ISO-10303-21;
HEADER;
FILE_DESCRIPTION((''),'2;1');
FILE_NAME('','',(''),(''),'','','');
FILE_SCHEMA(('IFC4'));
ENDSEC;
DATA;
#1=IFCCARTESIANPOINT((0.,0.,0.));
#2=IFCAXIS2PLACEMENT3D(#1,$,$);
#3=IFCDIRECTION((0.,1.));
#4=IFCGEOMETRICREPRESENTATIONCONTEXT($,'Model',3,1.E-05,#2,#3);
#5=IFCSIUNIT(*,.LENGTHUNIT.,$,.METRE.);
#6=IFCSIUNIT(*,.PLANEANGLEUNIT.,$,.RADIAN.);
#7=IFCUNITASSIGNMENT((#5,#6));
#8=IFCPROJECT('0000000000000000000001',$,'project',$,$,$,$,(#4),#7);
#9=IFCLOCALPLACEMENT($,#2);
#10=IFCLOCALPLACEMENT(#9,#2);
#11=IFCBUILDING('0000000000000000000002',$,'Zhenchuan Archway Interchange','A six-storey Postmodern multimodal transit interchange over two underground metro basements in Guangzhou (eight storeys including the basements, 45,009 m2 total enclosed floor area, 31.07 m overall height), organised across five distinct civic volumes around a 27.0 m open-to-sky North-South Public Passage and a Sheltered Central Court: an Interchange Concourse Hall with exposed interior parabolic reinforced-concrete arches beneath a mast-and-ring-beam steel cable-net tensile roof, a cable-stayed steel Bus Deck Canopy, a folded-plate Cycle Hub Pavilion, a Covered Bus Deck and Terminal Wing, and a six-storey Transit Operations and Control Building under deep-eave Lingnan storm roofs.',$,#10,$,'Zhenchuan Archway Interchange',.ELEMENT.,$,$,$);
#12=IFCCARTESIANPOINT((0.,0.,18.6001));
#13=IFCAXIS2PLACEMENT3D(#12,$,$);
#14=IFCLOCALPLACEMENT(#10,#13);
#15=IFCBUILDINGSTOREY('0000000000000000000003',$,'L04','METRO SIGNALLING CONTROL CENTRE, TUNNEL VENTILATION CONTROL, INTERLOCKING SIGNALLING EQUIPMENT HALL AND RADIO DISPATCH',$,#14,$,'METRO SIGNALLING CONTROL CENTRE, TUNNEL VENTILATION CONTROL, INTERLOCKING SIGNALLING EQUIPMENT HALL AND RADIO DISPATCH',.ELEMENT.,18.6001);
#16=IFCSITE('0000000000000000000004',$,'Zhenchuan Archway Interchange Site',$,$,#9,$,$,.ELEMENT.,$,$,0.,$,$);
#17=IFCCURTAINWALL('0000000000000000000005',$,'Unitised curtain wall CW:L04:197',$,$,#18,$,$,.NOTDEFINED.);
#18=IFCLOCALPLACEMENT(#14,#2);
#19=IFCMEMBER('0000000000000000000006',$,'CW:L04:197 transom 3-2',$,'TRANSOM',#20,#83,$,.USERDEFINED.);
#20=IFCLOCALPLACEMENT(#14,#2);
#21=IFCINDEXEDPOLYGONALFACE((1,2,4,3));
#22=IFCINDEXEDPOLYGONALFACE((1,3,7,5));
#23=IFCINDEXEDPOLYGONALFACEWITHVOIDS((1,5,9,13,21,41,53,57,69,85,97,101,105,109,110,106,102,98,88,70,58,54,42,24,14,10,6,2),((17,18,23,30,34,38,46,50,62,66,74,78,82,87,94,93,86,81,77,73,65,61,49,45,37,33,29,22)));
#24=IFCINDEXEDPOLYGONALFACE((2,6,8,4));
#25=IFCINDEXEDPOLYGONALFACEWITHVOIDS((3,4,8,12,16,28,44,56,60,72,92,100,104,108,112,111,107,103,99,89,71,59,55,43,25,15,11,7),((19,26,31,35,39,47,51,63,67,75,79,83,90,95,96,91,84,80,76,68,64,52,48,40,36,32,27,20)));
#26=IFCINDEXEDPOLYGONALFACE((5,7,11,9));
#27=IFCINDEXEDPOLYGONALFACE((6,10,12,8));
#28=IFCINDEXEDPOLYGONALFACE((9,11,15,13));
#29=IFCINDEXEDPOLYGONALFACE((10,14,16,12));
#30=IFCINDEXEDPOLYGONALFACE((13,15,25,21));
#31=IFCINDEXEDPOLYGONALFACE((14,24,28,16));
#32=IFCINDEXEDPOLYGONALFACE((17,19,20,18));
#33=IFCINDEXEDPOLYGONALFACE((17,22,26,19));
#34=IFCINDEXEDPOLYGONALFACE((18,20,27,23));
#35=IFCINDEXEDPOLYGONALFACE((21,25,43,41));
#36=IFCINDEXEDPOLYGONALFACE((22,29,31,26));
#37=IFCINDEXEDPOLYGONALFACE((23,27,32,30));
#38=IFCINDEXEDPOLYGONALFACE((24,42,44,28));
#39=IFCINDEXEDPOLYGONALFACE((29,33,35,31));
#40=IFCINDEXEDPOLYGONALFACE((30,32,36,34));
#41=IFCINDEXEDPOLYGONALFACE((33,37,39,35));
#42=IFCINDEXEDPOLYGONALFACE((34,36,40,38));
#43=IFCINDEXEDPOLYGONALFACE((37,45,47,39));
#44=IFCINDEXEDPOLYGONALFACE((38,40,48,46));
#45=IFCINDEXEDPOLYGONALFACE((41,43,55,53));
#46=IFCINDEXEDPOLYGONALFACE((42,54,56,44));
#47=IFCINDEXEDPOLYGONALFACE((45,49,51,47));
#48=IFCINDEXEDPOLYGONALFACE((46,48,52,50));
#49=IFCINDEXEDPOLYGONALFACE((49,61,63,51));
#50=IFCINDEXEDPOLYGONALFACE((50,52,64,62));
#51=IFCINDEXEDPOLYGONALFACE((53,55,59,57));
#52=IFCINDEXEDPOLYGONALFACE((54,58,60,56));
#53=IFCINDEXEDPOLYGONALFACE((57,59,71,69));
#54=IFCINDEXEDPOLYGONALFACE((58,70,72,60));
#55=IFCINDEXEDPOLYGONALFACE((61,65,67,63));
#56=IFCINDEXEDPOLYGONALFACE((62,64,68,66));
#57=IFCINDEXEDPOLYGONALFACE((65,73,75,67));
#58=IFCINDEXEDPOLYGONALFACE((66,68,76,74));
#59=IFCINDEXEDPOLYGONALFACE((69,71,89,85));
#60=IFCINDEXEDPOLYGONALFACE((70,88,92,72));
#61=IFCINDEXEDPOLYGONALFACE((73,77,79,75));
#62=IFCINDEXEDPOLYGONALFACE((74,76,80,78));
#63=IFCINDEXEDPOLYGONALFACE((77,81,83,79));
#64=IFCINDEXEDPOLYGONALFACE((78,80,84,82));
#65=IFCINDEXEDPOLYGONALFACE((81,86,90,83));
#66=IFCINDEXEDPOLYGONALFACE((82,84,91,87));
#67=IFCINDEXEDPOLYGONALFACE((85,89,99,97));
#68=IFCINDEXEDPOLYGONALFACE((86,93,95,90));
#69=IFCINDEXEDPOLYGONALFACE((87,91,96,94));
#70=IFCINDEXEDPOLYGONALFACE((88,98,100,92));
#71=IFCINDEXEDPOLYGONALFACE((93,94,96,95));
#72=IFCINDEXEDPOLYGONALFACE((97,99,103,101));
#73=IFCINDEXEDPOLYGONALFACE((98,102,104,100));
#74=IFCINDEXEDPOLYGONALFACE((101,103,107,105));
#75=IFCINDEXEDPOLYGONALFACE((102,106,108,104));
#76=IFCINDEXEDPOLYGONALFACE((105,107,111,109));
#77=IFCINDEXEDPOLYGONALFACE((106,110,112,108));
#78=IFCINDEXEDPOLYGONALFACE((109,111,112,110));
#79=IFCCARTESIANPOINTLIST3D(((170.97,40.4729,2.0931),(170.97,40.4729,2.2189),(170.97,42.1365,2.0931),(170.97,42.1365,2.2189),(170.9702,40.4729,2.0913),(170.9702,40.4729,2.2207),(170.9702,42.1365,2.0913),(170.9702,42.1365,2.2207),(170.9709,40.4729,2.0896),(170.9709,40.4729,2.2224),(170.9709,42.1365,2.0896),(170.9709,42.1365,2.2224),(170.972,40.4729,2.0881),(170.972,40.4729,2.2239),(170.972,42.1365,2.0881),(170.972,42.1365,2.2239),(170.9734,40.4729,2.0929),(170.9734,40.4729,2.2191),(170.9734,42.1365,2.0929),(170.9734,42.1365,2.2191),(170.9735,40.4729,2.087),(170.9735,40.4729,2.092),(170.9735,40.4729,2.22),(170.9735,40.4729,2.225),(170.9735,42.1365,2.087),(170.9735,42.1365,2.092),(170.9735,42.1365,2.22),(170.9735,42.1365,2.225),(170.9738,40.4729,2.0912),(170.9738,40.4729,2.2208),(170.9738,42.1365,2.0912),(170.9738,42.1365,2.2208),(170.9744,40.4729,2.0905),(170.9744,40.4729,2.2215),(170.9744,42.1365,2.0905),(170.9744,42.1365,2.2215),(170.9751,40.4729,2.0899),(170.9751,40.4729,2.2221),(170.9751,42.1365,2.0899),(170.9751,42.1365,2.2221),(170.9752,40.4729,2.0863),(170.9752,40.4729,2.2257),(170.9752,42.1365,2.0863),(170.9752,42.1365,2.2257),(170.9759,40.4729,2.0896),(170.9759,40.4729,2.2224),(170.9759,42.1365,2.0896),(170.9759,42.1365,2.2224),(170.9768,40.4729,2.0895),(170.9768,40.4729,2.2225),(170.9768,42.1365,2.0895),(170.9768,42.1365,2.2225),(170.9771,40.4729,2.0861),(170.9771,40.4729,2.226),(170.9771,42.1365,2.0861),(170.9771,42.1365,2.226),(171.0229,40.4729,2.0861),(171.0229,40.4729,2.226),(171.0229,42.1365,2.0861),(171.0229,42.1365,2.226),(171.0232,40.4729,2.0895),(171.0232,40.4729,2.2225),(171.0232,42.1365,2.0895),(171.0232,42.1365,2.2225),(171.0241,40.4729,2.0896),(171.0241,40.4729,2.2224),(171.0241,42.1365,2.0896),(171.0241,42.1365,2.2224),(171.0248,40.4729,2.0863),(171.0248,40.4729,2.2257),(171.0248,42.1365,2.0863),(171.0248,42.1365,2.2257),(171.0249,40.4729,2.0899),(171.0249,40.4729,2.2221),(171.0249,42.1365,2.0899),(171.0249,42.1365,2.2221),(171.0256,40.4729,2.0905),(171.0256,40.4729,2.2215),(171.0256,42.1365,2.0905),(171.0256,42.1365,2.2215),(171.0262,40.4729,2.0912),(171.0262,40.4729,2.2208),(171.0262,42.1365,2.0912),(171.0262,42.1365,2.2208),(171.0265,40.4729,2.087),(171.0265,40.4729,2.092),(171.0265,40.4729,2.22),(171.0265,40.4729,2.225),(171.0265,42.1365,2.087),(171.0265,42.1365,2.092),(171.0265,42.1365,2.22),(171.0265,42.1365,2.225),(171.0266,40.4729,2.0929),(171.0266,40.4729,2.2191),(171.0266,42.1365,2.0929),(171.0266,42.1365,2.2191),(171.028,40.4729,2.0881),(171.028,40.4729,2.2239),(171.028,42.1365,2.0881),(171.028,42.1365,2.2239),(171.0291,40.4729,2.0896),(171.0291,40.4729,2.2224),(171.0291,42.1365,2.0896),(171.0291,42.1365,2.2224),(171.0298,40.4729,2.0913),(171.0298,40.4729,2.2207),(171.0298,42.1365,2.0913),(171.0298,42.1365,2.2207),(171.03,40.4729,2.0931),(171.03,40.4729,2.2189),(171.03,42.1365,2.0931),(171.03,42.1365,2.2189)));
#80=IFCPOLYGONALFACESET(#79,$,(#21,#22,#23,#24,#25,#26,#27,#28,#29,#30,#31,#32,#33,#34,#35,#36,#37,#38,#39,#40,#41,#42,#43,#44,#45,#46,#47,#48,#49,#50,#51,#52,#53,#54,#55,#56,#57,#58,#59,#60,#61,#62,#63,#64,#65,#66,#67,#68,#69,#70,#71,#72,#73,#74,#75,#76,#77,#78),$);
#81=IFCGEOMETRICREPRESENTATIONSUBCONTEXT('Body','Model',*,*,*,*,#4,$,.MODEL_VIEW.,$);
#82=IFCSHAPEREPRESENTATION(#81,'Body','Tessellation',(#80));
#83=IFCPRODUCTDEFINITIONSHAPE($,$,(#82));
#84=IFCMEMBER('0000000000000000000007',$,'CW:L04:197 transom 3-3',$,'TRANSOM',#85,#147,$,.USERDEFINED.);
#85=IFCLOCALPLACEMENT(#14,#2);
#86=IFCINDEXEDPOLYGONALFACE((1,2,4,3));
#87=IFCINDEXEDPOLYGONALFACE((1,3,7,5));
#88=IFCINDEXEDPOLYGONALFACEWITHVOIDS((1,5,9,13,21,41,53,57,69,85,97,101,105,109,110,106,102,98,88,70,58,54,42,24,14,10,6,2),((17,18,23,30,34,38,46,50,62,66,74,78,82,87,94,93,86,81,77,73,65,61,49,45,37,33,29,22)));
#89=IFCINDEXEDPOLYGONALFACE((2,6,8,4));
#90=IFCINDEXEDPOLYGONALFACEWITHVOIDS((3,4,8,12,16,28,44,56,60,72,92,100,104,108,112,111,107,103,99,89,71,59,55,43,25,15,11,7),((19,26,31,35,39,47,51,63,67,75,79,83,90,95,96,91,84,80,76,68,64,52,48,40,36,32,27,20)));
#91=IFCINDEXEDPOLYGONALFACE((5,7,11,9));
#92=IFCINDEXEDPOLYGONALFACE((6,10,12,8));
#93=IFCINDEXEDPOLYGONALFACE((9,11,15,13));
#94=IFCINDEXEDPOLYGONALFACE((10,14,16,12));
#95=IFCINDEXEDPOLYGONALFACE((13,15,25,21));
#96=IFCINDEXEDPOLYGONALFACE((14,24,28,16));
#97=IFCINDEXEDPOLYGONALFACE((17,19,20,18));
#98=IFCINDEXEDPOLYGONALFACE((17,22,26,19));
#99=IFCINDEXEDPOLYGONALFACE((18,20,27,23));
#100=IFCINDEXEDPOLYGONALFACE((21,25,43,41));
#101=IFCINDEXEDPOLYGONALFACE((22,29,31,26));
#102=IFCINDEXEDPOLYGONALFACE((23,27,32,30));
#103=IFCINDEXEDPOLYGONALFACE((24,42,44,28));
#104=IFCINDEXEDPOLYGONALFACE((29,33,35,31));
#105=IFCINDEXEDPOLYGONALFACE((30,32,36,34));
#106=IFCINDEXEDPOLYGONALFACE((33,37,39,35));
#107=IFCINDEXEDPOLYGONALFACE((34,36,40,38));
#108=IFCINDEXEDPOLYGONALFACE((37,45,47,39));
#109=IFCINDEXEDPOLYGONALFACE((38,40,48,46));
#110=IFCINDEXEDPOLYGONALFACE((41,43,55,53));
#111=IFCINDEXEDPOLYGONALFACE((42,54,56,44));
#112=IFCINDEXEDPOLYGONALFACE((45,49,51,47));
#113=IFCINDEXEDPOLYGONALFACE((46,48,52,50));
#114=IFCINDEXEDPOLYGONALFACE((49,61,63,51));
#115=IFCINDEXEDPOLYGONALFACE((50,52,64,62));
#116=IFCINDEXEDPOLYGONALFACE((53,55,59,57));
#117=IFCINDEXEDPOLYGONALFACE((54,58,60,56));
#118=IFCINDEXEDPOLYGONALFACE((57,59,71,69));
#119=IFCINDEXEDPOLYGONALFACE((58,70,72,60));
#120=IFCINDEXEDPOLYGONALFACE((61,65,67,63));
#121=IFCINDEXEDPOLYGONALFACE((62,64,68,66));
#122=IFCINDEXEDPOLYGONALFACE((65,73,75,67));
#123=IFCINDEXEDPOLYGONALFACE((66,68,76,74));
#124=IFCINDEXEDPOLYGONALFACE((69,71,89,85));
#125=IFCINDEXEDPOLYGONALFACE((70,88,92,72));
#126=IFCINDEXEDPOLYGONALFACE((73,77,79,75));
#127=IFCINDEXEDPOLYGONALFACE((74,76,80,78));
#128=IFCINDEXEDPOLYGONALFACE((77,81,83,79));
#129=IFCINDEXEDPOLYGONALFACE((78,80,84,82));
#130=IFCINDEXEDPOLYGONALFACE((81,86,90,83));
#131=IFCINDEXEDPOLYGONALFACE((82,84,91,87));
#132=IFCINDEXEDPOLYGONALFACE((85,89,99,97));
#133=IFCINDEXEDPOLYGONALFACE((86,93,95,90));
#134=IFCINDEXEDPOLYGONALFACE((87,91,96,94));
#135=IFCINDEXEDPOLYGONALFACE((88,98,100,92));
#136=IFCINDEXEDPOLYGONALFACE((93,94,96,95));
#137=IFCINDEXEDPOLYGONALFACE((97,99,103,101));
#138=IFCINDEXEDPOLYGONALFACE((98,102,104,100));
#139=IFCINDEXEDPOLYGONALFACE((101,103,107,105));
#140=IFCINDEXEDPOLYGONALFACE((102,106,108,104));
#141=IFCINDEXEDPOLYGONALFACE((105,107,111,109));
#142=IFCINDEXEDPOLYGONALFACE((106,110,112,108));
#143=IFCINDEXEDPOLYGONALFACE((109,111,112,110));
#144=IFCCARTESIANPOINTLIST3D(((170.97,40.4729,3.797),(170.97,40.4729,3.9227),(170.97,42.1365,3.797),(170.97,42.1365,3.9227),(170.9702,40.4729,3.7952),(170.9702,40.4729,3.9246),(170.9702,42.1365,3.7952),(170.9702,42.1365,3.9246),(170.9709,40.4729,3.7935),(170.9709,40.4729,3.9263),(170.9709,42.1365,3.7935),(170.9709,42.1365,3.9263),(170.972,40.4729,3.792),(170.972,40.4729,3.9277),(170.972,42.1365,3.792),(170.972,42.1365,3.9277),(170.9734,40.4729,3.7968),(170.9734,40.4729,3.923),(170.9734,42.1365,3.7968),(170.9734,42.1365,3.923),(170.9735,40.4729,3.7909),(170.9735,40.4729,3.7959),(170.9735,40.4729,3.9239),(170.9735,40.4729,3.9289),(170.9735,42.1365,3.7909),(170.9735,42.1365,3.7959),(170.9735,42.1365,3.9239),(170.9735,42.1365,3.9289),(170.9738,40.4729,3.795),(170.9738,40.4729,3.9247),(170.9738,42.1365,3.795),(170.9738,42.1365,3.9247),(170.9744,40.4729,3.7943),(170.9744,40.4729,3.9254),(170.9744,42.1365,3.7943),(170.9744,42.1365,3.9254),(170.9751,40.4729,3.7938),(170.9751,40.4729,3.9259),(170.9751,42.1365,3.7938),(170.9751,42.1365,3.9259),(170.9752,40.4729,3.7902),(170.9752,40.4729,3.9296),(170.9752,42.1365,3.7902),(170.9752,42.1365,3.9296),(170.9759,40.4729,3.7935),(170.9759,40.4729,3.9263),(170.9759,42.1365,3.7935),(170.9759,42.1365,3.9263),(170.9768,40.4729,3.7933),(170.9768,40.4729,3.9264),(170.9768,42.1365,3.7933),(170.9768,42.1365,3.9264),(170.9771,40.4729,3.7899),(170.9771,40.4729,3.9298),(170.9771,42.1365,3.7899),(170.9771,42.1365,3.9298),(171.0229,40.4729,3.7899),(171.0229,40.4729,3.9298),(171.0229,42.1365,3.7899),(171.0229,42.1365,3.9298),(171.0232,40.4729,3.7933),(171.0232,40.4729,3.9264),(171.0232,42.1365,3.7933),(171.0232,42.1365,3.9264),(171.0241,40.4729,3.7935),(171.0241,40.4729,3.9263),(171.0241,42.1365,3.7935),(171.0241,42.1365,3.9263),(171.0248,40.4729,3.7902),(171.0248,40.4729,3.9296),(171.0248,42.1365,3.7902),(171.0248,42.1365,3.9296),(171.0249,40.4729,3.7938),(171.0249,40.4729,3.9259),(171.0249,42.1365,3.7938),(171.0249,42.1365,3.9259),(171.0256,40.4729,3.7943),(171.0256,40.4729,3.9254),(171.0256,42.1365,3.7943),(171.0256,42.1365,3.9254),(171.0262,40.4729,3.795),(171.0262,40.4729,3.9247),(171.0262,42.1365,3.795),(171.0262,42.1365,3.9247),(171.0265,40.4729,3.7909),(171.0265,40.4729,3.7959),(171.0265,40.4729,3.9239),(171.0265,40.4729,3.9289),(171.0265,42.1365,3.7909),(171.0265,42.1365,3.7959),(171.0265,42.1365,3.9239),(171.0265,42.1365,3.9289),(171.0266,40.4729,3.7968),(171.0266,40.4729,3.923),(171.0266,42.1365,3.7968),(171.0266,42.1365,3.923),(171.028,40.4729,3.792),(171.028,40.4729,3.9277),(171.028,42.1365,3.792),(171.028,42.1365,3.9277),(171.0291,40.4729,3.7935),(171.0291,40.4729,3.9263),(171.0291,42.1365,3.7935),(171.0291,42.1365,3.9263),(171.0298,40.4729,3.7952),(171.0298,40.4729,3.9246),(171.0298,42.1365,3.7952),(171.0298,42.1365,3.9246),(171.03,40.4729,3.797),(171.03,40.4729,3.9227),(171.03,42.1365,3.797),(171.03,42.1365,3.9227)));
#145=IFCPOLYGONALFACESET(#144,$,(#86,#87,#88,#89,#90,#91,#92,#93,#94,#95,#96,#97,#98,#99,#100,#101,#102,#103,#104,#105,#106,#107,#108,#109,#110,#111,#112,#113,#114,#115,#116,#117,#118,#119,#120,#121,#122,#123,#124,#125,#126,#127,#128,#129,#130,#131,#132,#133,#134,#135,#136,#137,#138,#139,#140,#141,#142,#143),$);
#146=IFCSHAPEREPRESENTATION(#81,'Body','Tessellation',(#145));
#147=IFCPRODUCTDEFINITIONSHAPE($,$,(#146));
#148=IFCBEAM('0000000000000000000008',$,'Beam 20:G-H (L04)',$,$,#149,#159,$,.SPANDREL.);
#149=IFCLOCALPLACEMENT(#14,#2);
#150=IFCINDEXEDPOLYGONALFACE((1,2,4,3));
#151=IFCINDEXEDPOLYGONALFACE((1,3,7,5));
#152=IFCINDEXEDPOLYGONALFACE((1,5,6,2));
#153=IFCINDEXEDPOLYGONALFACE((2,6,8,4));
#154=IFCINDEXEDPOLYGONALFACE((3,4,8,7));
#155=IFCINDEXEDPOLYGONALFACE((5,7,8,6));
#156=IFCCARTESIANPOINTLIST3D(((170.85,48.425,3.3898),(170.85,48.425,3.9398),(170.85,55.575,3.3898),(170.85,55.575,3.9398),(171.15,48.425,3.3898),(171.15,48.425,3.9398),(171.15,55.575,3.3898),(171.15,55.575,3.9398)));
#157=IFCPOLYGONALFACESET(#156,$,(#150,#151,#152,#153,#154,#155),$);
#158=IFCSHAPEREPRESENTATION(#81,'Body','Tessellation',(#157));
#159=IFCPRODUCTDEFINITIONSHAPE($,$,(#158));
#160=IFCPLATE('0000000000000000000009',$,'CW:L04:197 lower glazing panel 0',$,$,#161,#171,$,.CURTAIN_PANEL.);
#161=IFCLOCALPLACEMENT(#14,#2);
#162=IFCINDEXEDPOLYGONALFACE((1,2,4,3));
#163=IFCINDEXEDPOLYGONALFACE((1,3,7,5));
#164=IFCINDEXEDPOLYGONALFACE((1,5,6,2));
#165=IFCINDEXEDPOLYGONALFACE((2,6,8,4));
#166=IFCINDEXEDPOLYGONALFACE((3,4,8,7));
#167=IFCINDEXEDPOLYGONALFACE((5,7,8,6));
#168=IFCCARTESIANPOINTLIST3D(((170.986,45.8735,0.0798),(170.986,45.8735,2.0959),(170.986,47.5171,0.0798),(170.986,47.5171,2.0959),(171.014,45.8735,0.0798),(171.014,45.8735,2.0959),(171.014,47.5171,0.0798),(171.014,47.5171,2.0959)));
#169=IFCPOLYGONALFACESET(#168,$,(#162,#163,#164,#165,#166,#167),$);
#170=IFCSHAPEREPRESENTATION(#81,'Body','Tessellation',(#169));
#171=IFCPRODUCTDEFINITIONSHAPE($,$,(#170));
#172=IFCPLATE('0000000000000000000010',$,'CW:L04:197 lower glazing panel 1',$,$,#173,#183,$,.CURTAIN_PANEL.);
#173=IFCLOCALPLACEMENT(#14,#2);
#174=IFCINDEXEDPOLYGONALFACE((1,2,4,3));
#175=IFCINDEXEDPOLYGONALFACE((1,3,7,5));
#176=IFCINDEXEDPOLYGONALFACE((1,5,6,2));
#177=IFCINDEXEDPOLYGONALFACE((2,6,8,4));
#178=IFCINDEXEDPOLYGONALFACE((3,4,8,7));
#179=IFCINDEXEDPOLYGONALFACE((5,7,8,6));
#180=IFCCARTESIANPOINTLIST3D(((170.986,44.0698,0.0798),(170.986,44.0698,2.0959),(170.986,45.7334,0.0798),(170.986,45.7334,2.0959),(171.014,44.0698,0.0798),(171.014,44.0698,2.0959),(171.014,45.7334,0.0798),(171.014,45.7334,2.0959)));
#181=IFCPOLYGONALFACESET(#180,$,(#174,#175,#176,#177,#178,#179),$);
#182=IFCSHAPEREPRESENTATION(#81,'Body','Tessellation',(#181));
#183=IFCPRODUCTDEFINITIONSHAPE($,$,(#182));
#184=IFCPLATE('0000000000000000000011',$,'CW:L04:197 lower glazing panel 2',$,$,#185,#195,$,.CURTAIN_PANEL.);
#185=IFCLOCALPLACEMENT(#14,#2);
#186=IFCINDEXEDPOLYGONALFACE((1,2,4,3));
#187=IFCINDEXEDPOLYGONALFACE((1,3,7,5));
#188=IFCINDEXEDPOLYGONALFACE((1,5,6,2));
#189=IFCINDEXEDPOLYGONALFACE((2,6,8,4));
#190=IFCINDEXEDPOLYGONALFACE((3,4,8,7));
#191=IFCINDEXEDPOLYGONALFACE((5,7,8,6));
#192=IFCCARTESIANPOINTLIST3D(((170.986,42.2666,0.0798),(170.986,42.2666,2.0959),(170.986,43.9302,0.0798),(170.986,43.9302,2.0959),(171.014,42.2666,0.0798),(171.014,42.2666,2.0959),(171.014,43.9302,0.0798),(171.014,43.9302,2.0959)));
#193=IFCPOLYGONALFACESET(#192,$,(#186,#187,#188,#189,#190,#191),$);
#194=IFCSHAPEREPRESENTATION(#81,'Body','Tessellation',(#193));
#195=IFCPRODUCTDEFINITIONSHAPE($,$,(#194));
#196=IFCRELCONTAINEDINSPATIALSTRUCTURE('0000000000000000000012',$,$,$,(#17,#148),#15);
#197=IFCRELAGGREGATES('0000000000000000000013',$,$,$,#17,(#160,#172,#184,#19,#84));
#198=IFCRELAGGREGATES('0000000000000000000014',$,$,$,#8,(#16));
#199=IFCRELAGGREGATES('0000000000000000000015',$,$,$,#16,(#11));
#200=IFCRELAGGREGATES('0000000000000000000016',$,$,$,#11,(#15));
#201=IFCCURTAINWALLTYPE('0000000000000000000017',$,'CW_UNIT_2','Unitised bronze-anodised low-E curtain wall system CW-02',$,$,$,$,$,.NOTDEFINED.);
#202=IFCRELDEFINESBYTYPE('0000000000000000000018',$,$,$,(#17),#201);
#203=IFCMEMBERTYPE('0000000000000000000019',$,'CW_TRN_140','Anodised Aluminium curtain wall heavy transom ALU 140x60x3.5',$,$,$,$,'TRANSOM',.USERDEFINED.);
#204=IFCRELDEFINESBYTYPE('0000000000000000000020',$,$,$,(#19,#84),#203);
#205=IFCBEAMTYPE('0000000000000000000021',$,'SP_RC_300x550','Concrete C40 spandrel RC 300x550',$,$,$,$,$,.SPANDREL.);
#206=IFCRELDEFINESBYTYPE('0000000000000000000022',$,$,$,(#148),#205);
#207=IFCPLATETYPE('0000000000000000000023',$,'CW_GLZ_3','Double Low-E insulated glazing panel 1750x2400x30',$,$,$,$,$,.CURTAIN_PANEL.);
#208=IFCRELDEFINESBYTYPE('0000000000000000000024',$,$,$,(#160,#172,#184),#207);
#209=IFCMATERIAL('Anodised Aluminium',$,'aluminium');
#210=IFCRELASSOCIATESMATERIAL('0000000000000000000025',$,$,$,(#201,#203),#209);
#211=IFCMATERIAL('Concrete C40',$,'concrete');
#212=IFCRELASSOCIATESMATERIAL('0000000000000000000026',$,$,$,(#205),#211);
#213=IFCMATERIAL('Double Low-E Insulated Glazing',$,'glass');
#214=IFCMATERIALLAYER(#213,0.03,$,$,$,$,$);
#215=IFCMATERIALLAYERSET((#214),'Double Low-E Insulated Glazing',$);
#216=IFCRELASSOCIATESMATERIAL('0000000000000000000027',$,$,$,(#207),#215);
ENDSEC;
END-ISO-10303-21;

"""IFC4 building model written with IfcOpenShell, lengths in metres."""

from ifc_helpers import new_model, si_unit, direction, frame, origin, origin_2d, place, context, subcontext, project, spatial, rectangle, hollow_rectangle, extrude, material, layer, layer_set, material_profile, profile_set, type_object, element, aggregate, save


model = new_model("IFC4")

# Units and contexts
model_context = context("Model", 3, precision=1e-05, world=origin(), true_north=direction((0.0, 1.0)))
body_context = subcontext(model_context, "Body", "Model", "MODEL_VIEW")
ifc_project = project(units=[si_unit("LENGTHUNIT", "METRE"), si_unit("PLANEANGLEUNIT", "RADIAN")], contexts=[model_context])

# Site, building, storey
site_placement = place(None, origin())
site = spatial("IfcSite", under=ifc_project, at=site_placement, Name="Zhenchuan Archway Interchange Site", CompositionType="ELEMENT", RefElevation=0.0)
building_placement = place(site_placement, origin())
building = spatial("IfcBuilding", under=site, at=building_placement, Name="Zhenchuan Archway Interchange", Description="A six-storey Postmodern multimodal transit interchange over two underground metro basements in Guangzhou (eight storeys including the basements, 45,009 m2 total enclosed floor area, 31.07 m overall height), organised across five distinct civic volumes around a 27.0 m open-to-sky North-South Public Passage and a Sheltered Central Court: an Interchange Concourse Hall with exposed interior parabolic reinforced-concrete arches beneath a mast-and-ring-beam steel cable-net tensile roof, a cable-stayed steel Bus Deck Canopy, a folded-plate Cycle Hub Pavilion, a Covered Bus Deck and Terminal Wing, and a six-storey Transit Operations and Control Building under deep-eave Lingnan storm roofs.", LongName="Zhenchuan Archway Interchange", CompositionType="ELEMENT")
storey_placement = place(building_placement, frame((0.0, 0.0, 18.6001)))
storey = spatial("IfcBuildingStorey", under=building, at=storey_placement, Name="L04", Description="METRO SIGNALLING CONTROL CENTRE, TUNNEL VENTILATION CONTROL, INTERLOCKING SIGNALLING EQUIPMENT HALL AND RADIO DISPATCH", LongName="METRO SIGNALLING CONTROL CENTRE, TUNNEL VENTILATION CONTROL, INTERLOCKING SIGNALLING EQUIPMENT HALL AND RADIO DISPATCH", CompositionType="ELEMENT", Elevation=18.6001)

# Shared definitions
ifc_material_1 = material(Name="Concrete C40", Category="concrete")

# Curtain wall, members
ifc_material_2 = material(Name="Anodised Aluminium", Category="aluminium")
curtain_wall_type = type_object("IfcCurtainWallType", Name="CW_UNIT_2", Description="Unitised bronze-anodised low-E curtain wall system CW-02", PredefinedType="NOTDEFINED", material=ifc_material_2)
curtain_wall_placement = place(storey_placement, origin())
curtain_wall = element("IfcCurtainWall", 1, at=curtain_wall_placement, inside=storey, type_object=curtain_wall_type, Name="Unitised curtain wall CW:L04:197", PredefinedType="NOTDEFINED")
ifc_material_profile_1 = material_profile(ifc_material_2, hollow_rectangle(XDim=0.0601, YDim=0.1399, WallThickness=0.0034, InnerFilletRadius=0.0034, OuterFilletRadius=0.0071, at=origin_2d()), Name="ALU 140x60x3.5")
ifc_profile_set_1 = profile_set([ifc_material_profile_1], Name="Anodised Aluminium")
member_type_1 = type_object("IfcMemberType", Name="CW_TRN_140", Description="Anodised Aluminium curtain wall heavy transom ALU 140x60x3.5", ElementType="TRANSOM", PredefinedType="USERDEFINED", material=ifc_profile_set_1)
member_1_placement = place(storey_placement, frame((171.0, 42.1365, 2.156), z_axis=(0.0, -1.0, 0.0), x_axis=(1.0, 0.0, 0.0)))
member_1 = element("IfcMember", 2, at=member_1_placement, type_object=member_type_1, Name="CW:L04:197 transom 3-2", ObjectType="TRANSOM", PredefinedType="USERDEFINED", context=body_context, shape_type="SweptSolid", body=[
    extrude(hollow_rectangle(XDim=0.0601, YDim=0.1399, WallThickness=0.0034, InnerFilletRadius=0.0034, OuterFilletRadius=0.0071, at=origin_2d()), origin(), (0.0, 0.0, 1.0), 1.6636),
])
member_2_placement = place(storey_placement, frame((171.0, 42.1365, 3.8599), z_axis=(0.0, -1.0, 0.0), x_axis=(1.0, 0.0, 0.0)))
member_2 = element("IfcMember", 3, at=member_2_placement, type_object=member_type_1, Name="CW:L04:197 transom 3-3", ObjectType="TRANSOM", PredefinedType="USERDEFINED", context=body_context, shape_type="SweptSolid", body=[
    extrude(hollow_rectangle(XDim=0.0601, YDim=0.1399, WallThickness=0.0034, InnerFilletRadius=0.0034, OuterFilletRadius=0.0071, at=origin_2d()), origin(), (0.0, 0.0, 1.0), 1.6636),
])

# Beam
ifc_material_profile_2 = material_profile(ifc_material_1, rectangle(XDim=0.3, YDim=0.55, at=origin_2d()), Name="RC 300x550")
ifc_profile_set_2 = profile_set([ifc_material_profile_2], Name="Concrete C40")
beam_type = type_object("IfcBeamType", Name="SP_RC_300x550", Description="Concrete C40 spandrel RC 300x550", PredefinedType="SPANDREL", material=ifc_profile_set_2)
beam_placement = place(storey_placement, frame((171.0, 48.425, 3.6648), z_axis=(0.0, 1.0, 0.0), x_axis=(-1.0, 0.0, 0.0)))
element("IfcBeam", 4, at=beam_placement, inside=storey, type_object=beam_type, Name="Beam 20:G-H (L04)", PredefinedType="SPANDREL", context=body_context, shape_type="SweptSolid", body=[
    extrude(rectangle(XDim=0.3, YDim=0.55, at=origin_2d()), origin(), (0.0, 0.0, 1.0), 7.1499),
])

# Plates
ifc_material_3 = material(Name="Double Low-E Insulated Glazing", Category="glass")
ifc_layer_1 = layer(ifc_material_3, 0.03)
ifc_layer_set_1 = layer_set([ifc_layer_1], Name="Double Low-E Insulated Glazing")
plate_type_1 = type_object("IfcPlateType", Name="CW_GLZ_3", Description="Double Low-E insulated glazing panel 1750x2400x30", PredefinedType="CURTAIN_PANEL", material=ifc_layer_set_1)
plate_1_placement = place(storey_placement, frame((171.0, 46.6953, 0.0798), z_axis=(0.0, 0.0, 1.0), x_axis=(0.0, -1.0, 0.0)))
plate_1 = element("IfcPlate", 5, at=plate_1_placement, type_object=plate_type_1, Name="CW:L04:197 lower glazing panel 0", PredefinedType="CURTAIN_PANEL", context=body_context, shape_type="SweptSolid", body=[
    extrude(rectangle(XDim=1.6436, YDim=0.0281, at=origin_2d()), origin(), (0.0, 0.0, 1.0), 2.0161),
])
plate_2_placement = place(storey_placement, frame((171.0, 44.9016, 0.0798), z_axis=(0.0, 0.0, 1.0), x_axis=(0.0, -1.0, 0.0)))
plate_2 = element("IfcPlate", 6, at=plate_2_placement, type_object=plate_type_1, Name="CW:L04:197 lower glazing panel 1", PredefinedType="CURTAIN_PANEL", context=body_context, shape_type="SweptSolid", body=[
    extrude(rectangle(XDim=1.6636, YDim=0.0281, at=origin_2d()), origin(), (0.0, 0.0, 1.0), 2.0161),
])
plate_3_placement = place(storey_placement, frame((171.0, 43.0984, 0.0798), z_axis=(0.0, 0.0, 1.0), x_axis=(0.0, -1.0, 0.0)))
plate_3 = element("IfcPlate", 7, at=plate_3_placement, type_object=plate_type_1, Name="CW:L04:197 lower glazing panel 2", PredefinedType="CURTAIN_PANEL", context=body_context, shape_type="SweptSolid", body=[
    extrude(rectangle(XDim=1.6636, YDim=0.0281, at=origin_2d()), origin(), (0.0, 0.0, 1.0), 2.0161),
])
aggregate(curtain_wall, [plate_1, plate_2, plate_3, member_1, member_2])

save(model, "model.ifc")
